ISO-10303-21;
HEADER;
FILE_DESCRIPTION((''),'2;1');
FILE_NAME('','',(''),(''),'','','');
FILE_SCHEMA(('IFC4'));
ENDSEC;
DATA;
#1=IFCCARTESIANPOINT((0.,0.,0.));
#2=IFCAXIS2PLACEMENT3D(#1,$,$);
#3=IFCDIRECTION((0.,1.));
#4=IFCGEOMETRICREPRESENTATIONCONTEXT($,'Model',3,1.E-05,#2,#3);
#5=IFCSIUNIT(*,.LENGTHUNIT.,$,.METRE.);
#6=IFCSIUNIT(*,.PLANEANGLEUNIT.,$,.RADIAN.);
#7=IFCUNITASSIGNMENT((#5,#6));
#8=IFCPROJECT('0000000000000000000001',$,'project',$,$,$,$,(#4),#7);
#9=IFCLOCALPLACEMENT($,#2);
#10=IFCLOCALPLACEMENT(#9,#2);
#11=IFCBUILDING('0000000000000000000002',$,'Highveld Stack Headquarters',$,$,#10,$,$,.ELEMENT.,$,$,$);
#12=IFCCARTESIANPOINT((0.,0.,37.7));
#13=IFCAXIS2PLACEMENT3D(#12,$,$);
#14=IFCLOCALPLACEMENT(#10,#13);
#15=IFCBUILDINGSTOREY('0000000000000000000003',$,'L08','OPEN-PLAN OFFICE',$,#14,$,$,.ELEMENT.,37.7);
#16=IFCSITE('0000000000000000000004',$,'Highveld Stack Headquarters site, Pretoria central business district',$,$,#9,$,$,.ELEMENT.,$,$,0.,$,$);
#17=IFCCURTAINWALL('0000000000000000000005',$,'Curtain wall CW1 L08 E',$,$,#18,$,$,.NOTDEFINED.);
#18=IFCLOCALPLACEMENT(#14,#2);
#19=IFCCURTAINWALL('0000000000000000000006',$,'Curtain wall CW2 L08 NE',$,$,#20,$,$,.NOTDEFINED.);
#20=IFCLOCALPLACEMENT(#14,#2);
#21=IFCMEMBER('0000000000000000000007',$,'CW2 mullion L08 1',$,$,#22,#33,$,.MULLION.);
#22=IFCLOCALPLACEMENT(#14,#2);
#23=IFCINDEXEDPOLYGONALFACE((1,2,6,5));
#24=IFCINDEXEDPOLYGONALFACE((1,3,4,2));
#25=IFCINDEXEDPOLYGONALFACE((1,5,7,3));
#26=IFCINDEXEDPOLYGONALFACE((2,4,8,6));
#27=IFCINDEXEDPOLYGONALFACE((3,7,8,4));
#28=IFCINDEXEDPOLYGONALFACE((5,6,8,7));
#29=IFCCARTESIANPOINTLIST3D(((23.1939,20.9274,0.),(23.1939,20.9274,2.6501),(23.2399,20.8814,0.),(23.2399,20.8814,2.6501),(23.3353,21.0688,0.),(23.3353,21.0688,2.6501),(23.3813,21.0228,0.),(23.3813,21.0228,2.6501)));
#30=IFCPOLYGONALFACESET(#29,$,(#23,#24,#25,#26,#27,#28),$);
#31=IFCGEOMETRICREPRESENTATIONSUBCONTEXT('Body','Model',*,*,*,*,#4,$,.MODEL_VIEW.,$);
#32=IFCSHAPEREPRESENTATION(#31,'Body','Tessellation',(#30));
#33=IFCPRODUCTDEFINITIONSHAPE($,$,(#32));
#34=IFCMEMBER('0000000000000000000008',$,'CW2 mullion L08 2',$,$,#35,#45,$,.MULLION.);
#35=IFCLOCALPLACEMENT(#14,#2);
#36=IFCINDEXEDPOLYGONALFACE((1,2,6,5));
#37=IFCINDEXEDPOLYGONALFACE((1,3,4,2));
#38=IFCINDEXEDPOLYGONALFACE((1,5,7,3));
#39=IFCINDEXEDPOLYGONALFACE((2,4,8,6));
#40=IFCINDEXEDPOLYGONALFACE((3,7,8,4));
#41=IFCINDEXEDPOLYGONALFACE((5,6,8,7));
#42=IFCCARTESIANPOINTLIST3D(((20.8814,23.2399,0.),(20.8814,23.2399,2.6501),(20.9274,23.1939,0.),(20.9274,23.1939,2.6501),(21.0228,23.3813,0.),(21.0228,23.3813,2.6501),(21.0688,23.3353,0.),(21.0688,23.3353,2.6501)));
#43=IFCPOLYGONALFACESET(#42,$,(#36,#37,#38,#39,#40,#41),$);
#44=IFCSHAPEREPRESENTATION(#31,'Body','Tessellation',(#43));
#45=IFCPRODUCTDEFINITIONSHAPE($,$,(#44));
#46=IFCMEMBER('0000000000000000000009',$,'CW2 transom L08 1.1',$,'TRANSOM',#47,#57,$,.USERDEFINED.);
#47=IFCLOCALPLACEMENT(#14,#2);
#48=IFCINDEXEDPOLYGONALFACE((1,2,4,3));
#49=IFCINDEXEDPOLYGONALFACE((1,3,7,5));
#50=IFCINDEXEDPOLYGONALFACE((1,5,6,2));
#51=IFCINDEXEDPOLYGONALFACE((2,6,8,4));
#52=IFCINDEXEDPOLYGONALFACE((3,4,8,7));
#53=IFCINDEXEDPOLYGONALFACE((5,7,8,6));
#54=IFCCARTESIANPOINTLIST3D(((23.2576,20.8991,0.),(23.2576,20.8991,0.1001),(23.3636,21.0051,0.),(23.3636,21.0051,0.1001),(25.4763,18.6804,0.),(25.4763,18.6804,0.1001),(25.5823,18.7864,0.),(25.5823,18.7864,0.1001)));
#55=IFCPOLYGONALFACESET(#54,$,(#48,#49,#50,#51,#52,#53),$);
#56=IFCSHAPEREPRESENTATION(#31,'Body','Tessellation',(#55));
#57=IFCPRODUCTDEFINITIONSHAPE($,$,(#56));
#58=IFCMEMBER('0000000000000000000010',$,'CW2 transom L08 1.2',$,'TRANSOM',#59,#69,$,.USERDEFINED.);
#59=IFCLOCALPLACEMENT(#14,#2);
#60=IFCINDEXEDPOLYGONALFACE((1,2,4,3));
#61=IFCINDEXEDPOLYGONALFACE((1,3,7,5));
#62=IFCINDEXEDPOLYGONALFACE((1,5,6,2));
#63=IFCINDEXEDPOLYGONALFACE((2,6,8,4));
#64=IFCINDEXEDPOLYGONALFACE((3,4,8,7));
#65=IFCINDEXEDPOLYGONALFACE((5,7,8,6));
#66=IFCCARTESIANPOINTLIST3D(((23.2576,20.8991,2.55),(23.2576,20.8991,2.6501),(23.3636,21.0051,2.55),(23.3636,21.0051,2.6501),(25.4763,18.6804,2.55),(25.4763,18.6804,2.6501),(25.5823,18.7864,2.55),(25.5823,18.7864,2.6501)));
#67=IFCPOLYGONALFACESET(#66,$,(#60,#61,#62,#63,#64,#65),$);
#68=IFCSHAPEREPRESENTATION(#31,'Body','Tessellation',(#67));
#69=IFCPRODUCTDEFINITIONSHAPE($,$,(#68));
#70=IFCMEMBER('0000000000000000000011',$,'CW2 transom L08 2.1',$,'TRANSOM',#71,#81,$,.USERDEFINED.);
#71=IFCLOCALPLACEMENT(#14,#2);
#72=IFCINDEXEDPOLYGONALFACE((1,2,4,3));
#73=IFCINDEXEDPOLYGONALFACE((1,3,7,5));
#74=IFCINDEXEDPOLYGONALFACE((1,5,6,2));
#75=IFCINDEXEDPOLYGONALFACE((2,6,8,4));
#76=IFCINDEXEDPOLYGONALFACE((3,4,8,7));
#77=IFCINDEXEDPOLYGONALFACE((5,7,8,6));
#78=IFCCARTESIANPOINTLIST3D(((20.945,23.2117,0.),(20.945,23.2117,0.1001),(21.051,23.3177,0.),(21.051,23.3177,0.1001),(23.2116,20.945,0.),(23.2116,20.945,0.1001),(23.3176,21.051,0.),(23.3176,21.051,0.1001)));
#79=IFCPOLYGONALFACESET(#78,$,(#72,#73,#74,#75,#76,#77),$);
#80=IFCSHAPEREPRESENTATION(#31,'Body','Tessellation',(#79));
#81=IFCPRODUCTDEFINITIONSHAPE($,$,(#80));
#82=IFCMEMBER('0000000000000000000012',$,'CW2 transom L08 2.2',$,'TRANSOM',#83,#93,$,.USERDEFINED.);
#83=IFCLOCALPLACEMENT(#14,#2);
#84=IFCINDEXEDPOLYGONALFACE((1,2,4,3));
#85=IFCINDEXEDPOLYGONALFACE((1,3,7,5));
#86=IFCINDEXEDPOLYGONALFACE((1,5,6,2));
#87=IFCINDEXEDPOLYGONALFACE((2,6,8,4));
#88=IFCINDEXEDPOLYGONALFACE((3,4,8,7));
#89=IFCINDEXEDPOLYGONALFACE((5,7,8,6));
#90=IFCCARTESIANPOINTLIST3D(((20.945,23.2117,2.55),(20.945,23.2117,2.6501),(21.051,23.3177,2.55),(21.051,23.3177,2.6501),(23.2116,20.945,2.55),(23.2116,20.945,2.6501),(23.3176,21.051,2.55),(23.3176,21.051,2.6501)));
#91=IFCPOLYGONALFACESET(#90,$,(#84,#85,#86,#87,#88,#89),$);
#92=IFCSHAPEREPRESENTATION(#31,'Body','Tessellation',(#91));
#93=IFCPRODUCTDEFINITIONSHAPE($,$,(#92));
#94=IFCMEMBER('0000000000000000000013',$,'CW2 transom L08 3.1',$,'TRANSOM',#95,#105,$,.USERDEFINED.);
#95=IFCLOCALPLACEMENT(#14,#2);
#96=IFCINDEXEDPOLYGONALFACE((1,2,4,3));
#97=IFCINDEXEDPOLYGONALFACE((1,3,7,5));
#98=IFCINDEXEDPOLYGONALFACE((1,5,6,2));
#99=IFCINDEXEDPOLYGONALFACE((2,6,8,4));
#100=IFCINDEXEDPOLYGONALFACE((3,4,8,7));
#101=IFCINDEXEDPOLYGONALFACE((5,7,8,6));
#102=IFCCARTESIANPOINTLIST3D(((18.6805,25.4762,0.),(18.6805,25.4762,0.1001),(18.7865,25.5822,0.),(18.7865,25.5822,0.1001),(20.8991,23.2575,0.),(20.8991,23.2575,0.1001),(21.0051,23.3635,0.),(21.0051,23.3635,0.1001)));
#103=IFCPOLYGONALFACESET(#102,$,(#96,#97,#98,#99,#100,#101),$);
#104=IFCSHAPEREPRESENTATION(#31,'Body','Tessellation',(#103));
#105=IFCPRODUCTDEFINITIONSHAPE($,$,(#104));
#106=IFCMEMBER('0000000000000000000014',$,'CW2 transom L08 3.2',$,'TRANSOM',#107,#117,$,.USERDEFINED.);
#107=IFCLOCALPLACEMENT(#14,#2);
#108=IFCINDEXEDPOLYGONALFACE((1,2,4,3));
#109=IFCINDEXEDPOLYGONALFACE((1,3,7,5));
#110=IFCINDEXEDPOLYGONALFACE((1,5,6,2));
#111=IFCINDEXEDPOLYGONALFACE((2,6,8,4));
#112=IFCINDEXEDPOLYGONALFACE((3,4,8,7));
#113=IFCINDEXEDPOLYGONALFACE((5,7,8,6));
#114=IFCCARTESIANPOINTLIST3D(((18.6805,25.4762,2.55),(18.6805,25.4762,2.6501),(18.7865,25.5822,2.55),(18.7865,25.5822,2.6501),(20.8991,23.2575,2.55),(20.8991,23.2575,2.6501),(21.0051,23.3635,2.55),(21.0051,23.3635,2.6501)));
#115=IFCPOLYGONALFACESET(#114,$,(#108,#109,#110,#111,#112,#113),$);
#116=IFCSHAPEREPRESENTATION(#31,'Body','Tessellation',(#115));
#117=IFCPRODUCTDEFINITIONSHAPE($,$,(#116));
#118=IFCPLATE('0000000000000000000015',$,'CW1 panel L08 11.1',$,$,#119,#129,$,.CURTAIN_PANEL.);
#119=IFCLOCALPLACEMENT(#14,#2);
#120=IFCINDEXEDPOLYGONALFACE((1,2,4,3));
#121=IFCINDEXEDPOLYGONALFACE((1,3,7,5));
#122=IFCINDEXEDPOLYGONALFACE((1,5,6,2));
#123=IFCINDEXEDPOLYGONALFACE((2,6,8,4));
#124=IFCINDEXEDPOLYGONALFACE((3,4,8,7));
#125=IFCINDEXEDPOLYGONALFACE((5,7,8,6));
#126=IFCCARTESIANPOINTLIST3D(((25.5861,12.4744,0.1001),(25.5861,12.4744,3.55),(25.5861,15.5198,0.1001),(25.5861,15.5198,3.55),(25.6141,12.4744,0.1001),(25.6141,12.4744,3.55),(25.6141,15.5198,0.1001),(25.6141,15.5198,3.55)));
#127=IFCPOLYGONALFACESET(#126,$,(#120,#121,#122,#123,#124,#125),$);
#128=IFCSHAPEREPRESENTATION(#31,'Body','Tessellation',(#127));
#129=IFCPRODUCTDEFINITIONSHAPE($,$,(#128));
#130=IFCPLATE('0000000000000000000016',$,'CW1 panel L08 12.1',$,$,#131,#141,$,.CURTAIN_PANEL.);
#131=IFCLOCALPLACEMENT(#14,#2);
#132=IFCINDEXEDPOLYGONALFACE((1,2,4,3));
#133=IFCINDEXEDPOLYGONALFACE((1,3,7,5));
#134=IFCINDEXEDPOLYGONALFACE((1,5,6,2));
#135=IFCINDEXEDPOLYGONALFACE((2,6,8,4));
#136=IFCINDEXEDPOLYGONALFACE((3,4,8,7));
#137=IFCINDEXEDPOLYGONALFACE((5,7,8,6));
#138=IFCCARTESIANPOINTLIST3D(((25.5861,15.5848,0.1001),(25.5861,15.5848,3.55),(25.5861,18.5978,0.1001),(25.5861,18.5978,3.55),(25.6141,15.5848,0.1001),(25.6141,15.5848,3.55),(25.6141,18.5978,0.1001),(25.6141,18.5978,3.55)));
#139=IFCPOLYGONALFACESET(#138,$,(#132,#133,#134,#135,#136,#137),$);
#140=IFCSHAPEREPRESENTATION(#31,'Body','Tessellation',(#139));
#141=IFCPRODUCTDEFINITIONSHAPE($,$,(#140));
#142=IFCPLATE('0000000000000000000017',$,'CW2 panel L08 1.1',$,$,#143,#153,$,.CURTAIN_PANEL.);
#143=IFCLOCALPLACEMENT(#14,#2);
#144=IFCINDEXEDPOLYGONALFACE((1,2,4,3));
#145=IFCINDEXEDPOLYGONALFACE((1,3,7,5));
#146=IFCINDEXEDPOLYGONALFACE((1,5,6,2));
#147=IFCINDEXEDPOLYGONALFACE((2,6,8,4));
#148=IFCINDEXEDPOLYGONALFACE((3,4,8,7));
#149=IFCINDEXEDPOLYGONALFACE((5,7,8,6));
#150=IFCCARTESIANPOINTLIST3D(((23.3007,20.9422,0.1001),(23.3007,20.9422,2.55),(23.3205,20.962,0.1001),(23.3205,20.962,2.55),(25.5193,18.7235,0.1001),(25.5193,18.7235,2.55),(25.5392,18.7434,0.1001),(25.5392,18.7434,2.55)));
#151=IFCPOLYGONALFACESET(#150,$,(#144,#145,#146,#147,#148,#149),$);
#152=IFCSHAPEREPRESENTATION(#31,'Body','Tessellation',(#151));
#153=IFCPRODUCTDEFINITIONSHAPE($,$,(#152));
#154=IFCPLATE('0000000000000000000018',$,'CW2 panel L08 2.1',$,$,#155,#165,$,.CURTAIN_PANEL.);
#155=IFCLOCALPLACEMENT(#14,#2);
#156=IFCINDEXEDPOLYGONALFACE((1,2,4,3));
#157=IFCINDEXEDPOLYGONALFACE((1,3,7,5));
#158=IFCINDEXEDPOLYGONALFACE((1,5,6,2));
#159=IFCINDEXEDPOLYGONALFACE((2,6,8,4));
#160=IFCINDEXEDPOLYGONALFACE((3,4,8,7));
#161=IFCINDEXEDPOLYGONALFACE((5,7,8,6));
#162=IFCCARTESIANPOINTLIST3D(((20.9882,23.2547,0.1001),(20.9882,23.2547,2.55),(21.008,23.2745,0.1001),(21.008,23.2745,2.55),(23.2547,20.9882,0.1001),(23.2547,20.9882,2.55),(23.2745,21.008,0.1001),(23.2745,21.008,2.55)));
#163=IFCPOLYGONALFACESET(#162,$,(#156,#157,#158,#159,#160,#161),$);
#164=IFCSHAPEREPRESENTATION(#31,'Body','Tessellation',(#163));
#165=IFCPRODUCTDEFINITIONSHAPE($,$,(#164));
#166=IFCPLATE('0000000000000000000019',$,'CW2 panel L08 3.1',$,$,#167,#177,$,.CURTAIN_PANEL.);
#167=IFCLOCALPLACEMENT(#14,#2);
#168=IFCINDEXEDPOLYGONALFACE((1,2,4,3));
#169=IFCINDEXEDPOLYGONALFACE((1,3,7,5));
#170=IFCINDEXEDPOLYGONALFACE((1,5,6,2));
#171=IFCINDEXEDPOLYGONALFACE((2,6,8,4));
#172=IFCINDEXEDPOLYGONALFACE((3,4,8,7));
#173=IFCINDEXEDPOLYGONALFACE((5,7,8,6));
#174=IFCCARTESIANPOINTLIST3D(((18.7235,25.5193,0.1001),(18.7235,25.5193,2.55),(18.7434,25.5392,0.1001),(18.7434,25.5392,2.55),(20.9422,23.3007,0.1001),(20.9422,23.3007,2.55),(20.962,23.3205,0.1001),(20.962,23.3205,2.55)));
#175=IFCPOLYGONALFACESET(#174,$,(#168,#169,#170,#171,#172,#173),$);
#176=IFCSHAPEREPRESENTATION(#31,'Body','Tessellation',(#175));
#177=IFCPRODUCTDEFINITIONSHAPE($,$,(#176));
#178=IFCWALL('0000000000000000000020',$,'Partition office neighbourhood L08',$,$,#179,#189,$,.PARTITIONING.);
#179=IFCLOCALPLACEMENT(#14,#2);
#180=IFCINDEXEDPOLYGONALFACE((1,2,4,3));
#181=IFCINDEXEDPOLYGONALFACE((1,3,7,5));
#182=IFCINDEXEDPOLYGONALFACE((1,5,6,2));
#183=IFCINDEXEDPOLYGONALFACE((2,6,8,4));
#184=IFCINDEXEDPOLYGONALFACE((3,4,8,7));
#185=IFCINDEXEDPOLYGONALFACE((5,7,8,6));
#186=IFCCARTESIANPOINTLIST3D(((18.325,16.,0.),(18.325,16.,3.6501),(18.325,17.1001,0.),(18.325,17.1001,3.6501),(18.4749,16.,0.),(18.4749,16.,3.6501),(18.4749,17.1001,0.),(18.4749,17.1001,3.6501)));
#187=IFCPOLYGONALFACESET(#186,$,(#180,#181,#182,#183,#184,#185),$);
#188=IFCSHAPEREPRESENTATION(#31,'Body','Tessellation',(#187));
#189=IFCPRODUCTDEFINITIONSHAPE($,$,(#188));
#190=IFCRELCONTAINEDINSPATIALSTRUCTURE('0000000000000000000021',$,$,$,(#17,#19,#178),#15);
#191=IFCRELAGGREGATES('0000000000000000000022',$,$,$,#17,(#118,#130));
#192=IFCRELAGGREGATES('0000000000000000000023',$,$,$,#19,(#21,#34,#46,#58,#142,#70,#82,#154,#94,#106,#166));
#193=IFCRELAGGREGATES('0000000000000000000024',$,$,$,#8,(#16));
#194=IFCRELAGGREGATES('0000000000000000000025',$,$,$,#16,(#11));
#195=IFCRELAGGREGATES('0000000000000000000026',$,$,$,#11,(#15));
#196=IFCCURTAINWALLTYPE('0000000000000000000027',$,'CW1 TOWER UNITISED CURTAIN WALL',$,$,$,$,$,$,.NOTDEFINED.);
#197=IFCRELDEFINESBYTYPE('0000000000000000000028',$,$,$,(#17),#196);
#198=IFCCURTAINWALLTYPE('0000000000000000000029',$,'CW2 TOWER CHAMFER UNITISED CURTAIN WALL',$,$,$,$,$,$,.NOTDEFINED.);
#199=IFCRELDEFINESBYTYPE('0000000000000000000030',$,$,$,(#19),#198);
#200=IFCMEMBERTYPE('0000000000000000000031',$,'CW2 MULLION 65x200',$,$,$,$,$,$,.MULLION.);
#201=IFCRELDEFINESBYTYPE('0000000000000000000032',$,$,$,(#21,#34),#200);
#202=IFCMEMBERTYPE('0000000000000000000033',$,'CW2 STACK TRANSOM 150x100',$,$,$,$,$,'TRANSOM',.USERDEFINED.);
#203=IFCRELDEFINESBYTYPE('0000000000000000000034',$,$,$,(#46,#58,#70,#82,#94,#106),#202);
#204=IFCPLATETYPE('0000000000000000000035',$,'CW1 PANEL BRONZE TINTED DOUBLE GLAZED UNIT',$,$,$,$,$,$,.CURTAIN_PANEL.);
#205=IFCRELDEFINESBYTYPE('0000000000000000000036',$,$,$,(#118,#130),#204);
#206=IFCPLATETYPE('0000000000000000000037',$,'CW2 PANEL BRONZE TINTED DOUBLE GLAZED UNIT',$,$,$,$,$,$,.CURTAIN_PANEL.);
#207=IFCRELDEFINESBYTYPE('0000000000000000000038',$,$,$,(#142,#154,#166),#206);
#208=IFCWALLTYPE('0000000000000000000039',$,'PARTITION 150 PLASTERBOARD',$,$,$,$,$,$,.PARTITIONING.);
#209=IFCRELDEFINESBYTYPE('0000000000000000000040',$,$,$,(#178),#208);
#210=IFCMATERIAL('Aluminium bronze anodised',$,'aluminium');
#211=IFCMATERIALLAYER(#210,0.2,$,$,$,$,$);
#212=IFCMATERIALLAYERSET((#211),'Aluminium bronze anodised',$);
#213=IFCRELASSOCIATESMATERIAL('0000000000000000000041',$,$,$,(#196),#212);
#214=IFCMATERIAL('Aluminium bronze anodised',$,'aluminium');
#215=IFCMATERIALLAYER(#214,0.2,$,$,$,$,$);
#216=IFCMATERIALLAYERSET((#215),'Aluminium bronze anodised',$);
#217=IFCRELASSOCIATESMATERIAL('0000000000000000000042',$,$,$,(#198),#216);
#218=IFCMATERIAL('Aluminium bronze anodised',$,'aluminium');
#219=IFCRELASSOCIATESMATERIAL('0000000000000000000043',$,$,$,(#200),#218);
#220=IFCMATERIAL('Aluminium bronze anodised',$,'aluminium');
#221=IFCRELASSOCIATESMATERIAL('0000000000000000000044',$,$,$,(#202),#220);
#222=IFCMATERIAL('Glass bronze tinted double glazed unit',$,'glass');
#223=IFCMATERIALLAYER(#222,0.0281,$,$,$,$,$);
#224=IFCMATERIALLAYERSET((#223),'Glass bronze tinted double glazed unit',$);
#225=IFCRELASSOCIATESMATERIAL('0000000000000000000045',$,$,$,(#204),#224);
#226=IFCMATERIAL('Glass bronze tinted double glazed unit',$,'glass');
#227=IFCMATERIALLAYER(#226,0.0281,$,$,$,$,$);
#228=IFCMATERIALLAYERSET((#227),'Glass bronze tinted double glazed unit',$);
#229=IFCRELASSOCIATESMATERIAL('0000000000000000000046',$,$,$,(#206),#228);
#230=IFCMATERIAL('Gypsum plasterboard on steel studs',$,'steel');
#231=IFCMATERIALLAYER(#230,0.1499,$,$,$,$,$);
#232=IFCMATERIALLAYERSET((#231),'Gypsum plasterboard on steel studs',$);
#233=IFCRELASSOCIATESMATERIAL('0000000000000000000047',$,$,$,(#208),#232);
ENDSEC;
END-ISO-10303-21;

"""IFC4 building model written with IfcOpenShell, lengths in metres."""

from ifc_helpers import new_model, si_unit, direction, frame, frame_2d, origin, origin_2d, place, context, subcontext, project, spatial, rectangle, extrude, material, layer, layer_set, material_profile, profile_set, type_object, element, aggregate, save


model = new_model("IFC4")

# Units and contexts
model_context = context("Model", 3, precision=1e-05, world=origin(), true_north=direction((0.0, 1.0)))
body_context = subcontext(model_context, "Body", "Model", "MODEL_VIEW")
ifc_project = project(units=[si_unit("LENGTHUNIT", "METRE"), si_unit("PLANEANGLEUNIT", "RADIAN")], contexts=[model_context])

# Site, building, storey
site_placement = place(None, origin())
site = spatial("IfcSite", under=ifc_project, at=site_placement, Name="Highveld Stack Headquarters site, Pretoria central business district", CompositionType="ELEMENT", RefElevation=0.0)
building_placement = place(site_placement, origin())
building = spatial("IfcBuilding", under=site, at=building_placement, Name="Highveld Stack Headquarters", CompositionType="ELEMENT")
storey_placement = place(building_placement, frame((0.0, 0.0, 37.7)))
storey = spatial("IfcBuildingStorey", under=building, at=storey_placement, Name="L08", Description="OPEN-PLAN OFFICE", CompositionType="ELEMENT", Elevation=37.7)

# Curtain wall
ifc_material_1 = material(Name="Aluminium bronze anodised", Category="aluminium")
ifc_layer_1 = layer(ifc_material_1, 0.2)
ifc_layer_set_1 = layer_set([ifc_layer_1], Name="Aluminium bronze anodised")
curtain_wall_type_1 = type_object("IfcCurtainWallType", Name="CW1 TOWER UNITISED CURTAIN WALL", PredefinedType="NOTDEFINED", material=ifc_layer_set_1)
curtain_wall_1_placement = place(storey_placement, origin())
curtain_wall_1 = element("IfcCurtainWall", 1, at=curtain_wall_1_placement, inside=storey, type_object=curtain_wall_type_1, Name="Curtain wall CW1 L08 E", PredefinedType="NOTDEFINED")

# Curtain wall, members
ifc_material_2 = material(Name="Aluminium bronze anodised", Category="aluminium")
ifc_layer_2 = layer(ifc_material_2, 0.2)
ifc_layer_set_2 = layer_set([ifc_layer_2], Name="Aluminium bronze anodised")
curtain_wall_type_2 = type_object("IfcCurtainWallType", Name="CW2 TOWER CHAMFER UNITISED CURTAIN WALL", PredefinedType="NOTDEFINED", material=ifc_layer_set_2)
curtain_wall_2_placement = place(storey_placement, origin())
curtain_wall_2 = element("IfcCurtainWall", 2, at=curtain_wall_2_placement, inside=storey, type_object=curtain_wall_type_2, Name="Curtain wall CW2 L08 NE", PredefinedType="NOTDEFINED")
ifc_material_3 = material(Name="Aluminium bronze anodised", Category="aluminium")
ifc_material_profile_1 = material_profile(ifc_material_3, rectangle(XDim=0.2, YDim=0.0649, at=origin_2d()), Name="CW2 MULLION 65x200")
ifc_profile_set_1 = profile_set([ifc_material_profile_1], Name="Aluminium bronze anodised")
member_type_1 = type_object("IfcMemberType", Name="CW2 MULLION 65x200", PredefinedType="MULLION", material=ifc_profile_set_1)
member_1_placement = place(storey_placement, frame((23.2876, 20.9751, 0.0), z_axis=(0.0, 0.0, 1.0), x_axis=(-0.707107, -0.707107, 0.0)))
member_1 = element("IfcMember", 3, at=member_1_placement, type_object=member_type_1, Name="CW2 mullion L08 1", PredefinedType="MULLION", context=body_context, shape_type="SweptSolid", body=[
    extrude(rectangle(XDim=0.2, YDim=0.0649, at=origin_2d()), origin(), (0.0, 0.0, 1.0), 2.6501),
])
member_2_placement = place(storey_placement, frame((20.9751, 23.2876, 0.0), z_axis=(0.0, 0.0, 1.0), x_axis=(-0.707107, -0.707107, 0.0)))
member_2 = element("IfcMember", 4, at=member_2_placement, type_object=member_type_1, Name="CW2 mullion L08 2", PredefinedType="MULLION", context=body_context, shape_type="SweptSolid", body=[
    extrude(rectangle(XDim=0.2, YDim=0.0649, at=origin_2d()), origin(), (0.0, 0.0, 1.0), 2.6501),
])
ifc_material_4 = material(Name="Aluminium bronze anodised", Category="aluminium")
ifc_material_profile_2 = material_profile(ifc_material_4, rectangle(XDim=0.1499, YDim=0.1001, at=origin_2d()), Name="CW2 TRANSOM 150x100")
ifc_profile_set_2 = profile_set([ifc_material_profile_2], Name="Aluminium bronze anodised")
member_type_2 = type_object("IfcMemberType", Name="CW2 STACK TRANSOM 150x100", ElementType="TRANSOM", PredefinedType="USERDEFINED", material=ifc_profile_set_2)
member_3_placement = place(storey_placement, frame((25.5293, 18.7334, 0.05), z_axis=(-0.707107, 0.707107, 0.0), x_axis=(-0.707107, -0.707107, 0.0)))
member_3 = element("IfcMember", 5, at=member_3_placement, type_object=member_type_2, Name="CW2 transom L08 1.1", ObjectType="TRANSOM", PredefinedType="USERDEFINED", context=body_context, shape_type="SweptSolid", body=[
    extrude(rectangle(XDim=0.1499, YDim=0.1001, at=origin_2d()), origin(), (0.0, 0.0, 1.0), 3.1377),
])
member_4_placement = place(storey_placement, frame((25.5293, 18.7334, 2.6001), z_axis=(-0.707107, 0.707107, 0.0), x_axis=(-0.707107, -0.707107, 0.0)))
member_4 = element("IfcMember", 6, at=member_4_placement, type_object=member_type_2, Name="CW2 transom L08 1.2", ObjectType="TRANSOM", PredefinedType="USERDEFINED", context=body_context, shape_type="SweptSolid", body=[
    extrude(rectangle(XDim=0.1499, YDim=0.1001, at=origin_2d()), origin(), (0.0, 0.0, 1.0), 3.1377),
])
member_5_placement = place(storey_placement, frame((23.2646, 20.998, 0.05), z_axis=(-0.707107, 0.707107, 0.0), x_axis=(-0.707107, -0.707107, 0.0)))
member_5 = element("IfcMember", 7, at=member_5_placement, type_object=member_type_2, Name="CW2 transom L08 2.1", ObjectType="TRANSOM", PredefinedType="USERDEFINED", context=body_context, shape_type="SweptSolid", body=[
    extrude(rectangle(XDim=0.1499, YDim=0.1001, at=origin_2d()), origin(), (0.0, 0.0, 1.0), 3.2056),
])
member_6_placement = place(storey_placement, frame((23.2646, 20.998, 2.6001), z_axis=(-0.707107, 0.707107, 0.0), x_axis=(-0.707107, -0.707107, 0.0)))
member_6 = element("IfcMember", 8, at=member_6_placement, type_object=member_type_2, Name="CW2 transom L08 2.2", ObjectType="TRANSOM", PredefinedType="USERDEFINED", context=body_context, shape_type="SweptSolid", body=[
    extrude(rectangle(XDim=0.1499, YDim=0.1001, at=origin_2d()), origin(), (0.0, 0.0, 1.0), 3.2056),
])
member_7_placement = place(storey_placement, frame((20.9521, 23.3105, 0.05), z_axis=(-0.707107, 0.707107, 0.0), x_axis=(-0.707107, -0.707107, 0.0)))
member_7 = element("IfcMember", 9, at=member_7_placement, type_object=member_type_2, Name="CW2 transom L08 3.1", ObjectType="TRANSOM", PredefinedType="USERDEFINED", context=body_context, shape_type="SweptSolid", body=[
    extrude(rectangle(XDim=0.1499, YDim=0.1001, at=origin_2d()), origin(), (0.0, 0.0, 1.0), 3.1377),
])
member_8_placement = place(storey_placement, frame((20.9521, 23.3105, 2.6001), z_axis=(-0.707107, 0.707107, 0.0), x_axis=(-0.707107, -0.707107, 0.0)))
member_8 = element("IfcMember", 10, at=member_8_placement, type_object=member_type_2, Name="CW2 transom L08 3.2", ObjectType="TRANSOM", PredefinedType="USERDEFINED", context=body_context, shape_type="SweptSolid", body=[
    extrude(rectangle(XDim=0.1499, YDim=0.1001, at=origin_2d()), origin(), (0.0, 0.0, 1.0), 3.1377),
])

# Plates
ifc_material_5 = material(Name="Glass bronze tinted double glazed unit", Category="glass")
ifc_layer_3 = layer(ifc_material_5, 0.0281)
ifc_layer_set_3 = layer_set([ifc_layer_3], Name="Glass bronze tinted double glazed unit")
plate_type_1 = type_object("IfcPlateType", Name="CW1 PANEL BRONZE TINTED DOUBLE GLAZED UNIT", PredefinedType="CURTAIN_PANEL", material=ifc_layer_set_3)
plate_1_placement = place(storey_placement, frame((25.6001, 13.9971, 0.1001), z_axis=(0.0, 0.0, 1.0), x_axis=(0.0, 1.0, 0.0)))
plate_1 = element("IfcPlate", 11, at=plate_1_placement, type_object=plate_type_1, Name="CW1 panel L08 11.1", PredefinedType="CURTAIN_PANEL", context=body_context, shape_type="SweptSolid", body=[
    extrude(rectangle(XDim=3.0454, YDim=0.0281, at=origin_2d()), origin(), (0.0, 0.0, 1.0), 3.45),
])
plate_2_placement = place(storey_placement, frame((25.6001, 17.0913, 0.1001), z_axis=(0.0, 0.0, 1.0), x_axis=(0.0, 1.0, 0.0)))
plate_2 = element("IfcPlate", 12, at=plate_2_placement, type_object=plate_type_1, Name="CW1 panel L08 12.1", PredefinedType="CURTAIN_PANEL", context=body_context, shape_type="SweptSolid", body=[
    extrude(rectangle(XDim=3.0129, YDim=0.0281, at=origin_2d()), origin(), (0.0, 0.0, 1.0), 3.45),
])
aggregate(curtain_wall_1, [plate_1, plate_2])
ifc_material_6 = material(Name="Glass bronze tinted double glazed unit", Category="glass")
ifc_layer_4 = layer(ifc_material_6, 0.0281)
ifc_layer_set_4 = layer_set([ifc_layer_4], Name="Glass bronze tinted double glazed unit")
plate_type_2 = type_object("IfcPlateType", Name="CW2 PANEL BRONZE TINTED DOUBLE GLAZED UNIT", PredefinedType="CURTAIN_PANEL", material=ifc_layer_set_4)
plate_3_placement = place(storey_placement, frame((24.4199, 19.8428, 0.1001), z_axis=(0.0, 0.0, 1.0), x_axis=(-0.707107, 0.707107, 0.0)))
plate_3 = element("IfcPlate", 13, at=plate_3_placement, type_object=plate_type_2, Name="CW2 panel L08 1.1", PredefinedType="CURTAIN_PANEL", context=body_context, shape_type="SweptSolid", body=[
    extrude(rectangle(XDim=3.1377, YDim=0.0281, at=origin_2d()), origin(), (0.0, 0.0, 1.0), 2.45),
])
plate_4_placement = place(storey_placement, frame((22.1313, 22.1313, 0.1001), z_axis=(0.0, 0.0, 1.0), x_axis=(-0.707107, 0.707107, 0.0)))
plate_4 = element("IfcPlate", 14, at=plate_4_placement, type_object=plate_type_2, Name="CW2 panel L08 2.1", PredefinedType="CURTAIN_PANEL", context=body_context, shape_type="SweptSolid", body=[
    extrude(rectangle(XDim=3.2053, YDim=0.0281, at=origin_2d()), origin(), (0.0, 0.0, 1.0), 2.45),
])
plate_5_placement = place(storey_placement, frame((19.8428, 24.4199, 0.1001), z_axis=(0.0, 0.0, 1.0), x_axis=(-0.707107, 0.707107, 0.0)))
plate_5 = element("IfcPlate", 15, at=plate_5_placement, type_object=plate_type_2, Name="CW2 panel L08 3.1", PredefinedType="CURTAIN_PANEL", context=body_context, shape_type="SweptSolid", body=[
    extrude(rectangle(XDim=3.1377, YDim=0.0281, at=origin_2d()), origin(), (0.0, 0.0, 1.0), 2.45),
])
aggregate(curtain_wall_2, [member_1, member_2, member_3, member_4, plate_3, member_5, member_6, plate_4, member_7, member_8, plate_5])

# Wall
ifc_material_7 = material(Name="Gypsum plasterboard on steel studs", Category="steel")
ifc_layer_5 = layer(ifc_material_7, 0.1499)
ifc_layer_set_5 = layer_set([ifc_layer_5], Name="Gypsum plasterboard on steel studs")
wall_type = type_object("IfcWallType", Name="PARTITION 150 PLASTERBOARD", PredefinedType="PARTITIONING", material=ifc_layer_set_5)
wall_1_placement = place(storey_placement, frame((18.3999, 16.0, 0.0), z_axis=(0.0, 0.0, 1.0), x_axis=(0.0, 1.0, 0.0)))
element("IfcWall", 16, at=wall_1_placement, inside=storey, type_object=wall_type, Name="Partition office neighbourhood L08", PredefinedType="PARTITIONING", context=body_context, shape_type="SweptSolid", body=[
    extrude(rectangle(XDim=1.1001, YDim=0.1499, at=frame_2d((0.55, 0.0))), origin(), (0.0, 0.0, 1.0), 3.6501),
])

save(model, "model.ifc")
